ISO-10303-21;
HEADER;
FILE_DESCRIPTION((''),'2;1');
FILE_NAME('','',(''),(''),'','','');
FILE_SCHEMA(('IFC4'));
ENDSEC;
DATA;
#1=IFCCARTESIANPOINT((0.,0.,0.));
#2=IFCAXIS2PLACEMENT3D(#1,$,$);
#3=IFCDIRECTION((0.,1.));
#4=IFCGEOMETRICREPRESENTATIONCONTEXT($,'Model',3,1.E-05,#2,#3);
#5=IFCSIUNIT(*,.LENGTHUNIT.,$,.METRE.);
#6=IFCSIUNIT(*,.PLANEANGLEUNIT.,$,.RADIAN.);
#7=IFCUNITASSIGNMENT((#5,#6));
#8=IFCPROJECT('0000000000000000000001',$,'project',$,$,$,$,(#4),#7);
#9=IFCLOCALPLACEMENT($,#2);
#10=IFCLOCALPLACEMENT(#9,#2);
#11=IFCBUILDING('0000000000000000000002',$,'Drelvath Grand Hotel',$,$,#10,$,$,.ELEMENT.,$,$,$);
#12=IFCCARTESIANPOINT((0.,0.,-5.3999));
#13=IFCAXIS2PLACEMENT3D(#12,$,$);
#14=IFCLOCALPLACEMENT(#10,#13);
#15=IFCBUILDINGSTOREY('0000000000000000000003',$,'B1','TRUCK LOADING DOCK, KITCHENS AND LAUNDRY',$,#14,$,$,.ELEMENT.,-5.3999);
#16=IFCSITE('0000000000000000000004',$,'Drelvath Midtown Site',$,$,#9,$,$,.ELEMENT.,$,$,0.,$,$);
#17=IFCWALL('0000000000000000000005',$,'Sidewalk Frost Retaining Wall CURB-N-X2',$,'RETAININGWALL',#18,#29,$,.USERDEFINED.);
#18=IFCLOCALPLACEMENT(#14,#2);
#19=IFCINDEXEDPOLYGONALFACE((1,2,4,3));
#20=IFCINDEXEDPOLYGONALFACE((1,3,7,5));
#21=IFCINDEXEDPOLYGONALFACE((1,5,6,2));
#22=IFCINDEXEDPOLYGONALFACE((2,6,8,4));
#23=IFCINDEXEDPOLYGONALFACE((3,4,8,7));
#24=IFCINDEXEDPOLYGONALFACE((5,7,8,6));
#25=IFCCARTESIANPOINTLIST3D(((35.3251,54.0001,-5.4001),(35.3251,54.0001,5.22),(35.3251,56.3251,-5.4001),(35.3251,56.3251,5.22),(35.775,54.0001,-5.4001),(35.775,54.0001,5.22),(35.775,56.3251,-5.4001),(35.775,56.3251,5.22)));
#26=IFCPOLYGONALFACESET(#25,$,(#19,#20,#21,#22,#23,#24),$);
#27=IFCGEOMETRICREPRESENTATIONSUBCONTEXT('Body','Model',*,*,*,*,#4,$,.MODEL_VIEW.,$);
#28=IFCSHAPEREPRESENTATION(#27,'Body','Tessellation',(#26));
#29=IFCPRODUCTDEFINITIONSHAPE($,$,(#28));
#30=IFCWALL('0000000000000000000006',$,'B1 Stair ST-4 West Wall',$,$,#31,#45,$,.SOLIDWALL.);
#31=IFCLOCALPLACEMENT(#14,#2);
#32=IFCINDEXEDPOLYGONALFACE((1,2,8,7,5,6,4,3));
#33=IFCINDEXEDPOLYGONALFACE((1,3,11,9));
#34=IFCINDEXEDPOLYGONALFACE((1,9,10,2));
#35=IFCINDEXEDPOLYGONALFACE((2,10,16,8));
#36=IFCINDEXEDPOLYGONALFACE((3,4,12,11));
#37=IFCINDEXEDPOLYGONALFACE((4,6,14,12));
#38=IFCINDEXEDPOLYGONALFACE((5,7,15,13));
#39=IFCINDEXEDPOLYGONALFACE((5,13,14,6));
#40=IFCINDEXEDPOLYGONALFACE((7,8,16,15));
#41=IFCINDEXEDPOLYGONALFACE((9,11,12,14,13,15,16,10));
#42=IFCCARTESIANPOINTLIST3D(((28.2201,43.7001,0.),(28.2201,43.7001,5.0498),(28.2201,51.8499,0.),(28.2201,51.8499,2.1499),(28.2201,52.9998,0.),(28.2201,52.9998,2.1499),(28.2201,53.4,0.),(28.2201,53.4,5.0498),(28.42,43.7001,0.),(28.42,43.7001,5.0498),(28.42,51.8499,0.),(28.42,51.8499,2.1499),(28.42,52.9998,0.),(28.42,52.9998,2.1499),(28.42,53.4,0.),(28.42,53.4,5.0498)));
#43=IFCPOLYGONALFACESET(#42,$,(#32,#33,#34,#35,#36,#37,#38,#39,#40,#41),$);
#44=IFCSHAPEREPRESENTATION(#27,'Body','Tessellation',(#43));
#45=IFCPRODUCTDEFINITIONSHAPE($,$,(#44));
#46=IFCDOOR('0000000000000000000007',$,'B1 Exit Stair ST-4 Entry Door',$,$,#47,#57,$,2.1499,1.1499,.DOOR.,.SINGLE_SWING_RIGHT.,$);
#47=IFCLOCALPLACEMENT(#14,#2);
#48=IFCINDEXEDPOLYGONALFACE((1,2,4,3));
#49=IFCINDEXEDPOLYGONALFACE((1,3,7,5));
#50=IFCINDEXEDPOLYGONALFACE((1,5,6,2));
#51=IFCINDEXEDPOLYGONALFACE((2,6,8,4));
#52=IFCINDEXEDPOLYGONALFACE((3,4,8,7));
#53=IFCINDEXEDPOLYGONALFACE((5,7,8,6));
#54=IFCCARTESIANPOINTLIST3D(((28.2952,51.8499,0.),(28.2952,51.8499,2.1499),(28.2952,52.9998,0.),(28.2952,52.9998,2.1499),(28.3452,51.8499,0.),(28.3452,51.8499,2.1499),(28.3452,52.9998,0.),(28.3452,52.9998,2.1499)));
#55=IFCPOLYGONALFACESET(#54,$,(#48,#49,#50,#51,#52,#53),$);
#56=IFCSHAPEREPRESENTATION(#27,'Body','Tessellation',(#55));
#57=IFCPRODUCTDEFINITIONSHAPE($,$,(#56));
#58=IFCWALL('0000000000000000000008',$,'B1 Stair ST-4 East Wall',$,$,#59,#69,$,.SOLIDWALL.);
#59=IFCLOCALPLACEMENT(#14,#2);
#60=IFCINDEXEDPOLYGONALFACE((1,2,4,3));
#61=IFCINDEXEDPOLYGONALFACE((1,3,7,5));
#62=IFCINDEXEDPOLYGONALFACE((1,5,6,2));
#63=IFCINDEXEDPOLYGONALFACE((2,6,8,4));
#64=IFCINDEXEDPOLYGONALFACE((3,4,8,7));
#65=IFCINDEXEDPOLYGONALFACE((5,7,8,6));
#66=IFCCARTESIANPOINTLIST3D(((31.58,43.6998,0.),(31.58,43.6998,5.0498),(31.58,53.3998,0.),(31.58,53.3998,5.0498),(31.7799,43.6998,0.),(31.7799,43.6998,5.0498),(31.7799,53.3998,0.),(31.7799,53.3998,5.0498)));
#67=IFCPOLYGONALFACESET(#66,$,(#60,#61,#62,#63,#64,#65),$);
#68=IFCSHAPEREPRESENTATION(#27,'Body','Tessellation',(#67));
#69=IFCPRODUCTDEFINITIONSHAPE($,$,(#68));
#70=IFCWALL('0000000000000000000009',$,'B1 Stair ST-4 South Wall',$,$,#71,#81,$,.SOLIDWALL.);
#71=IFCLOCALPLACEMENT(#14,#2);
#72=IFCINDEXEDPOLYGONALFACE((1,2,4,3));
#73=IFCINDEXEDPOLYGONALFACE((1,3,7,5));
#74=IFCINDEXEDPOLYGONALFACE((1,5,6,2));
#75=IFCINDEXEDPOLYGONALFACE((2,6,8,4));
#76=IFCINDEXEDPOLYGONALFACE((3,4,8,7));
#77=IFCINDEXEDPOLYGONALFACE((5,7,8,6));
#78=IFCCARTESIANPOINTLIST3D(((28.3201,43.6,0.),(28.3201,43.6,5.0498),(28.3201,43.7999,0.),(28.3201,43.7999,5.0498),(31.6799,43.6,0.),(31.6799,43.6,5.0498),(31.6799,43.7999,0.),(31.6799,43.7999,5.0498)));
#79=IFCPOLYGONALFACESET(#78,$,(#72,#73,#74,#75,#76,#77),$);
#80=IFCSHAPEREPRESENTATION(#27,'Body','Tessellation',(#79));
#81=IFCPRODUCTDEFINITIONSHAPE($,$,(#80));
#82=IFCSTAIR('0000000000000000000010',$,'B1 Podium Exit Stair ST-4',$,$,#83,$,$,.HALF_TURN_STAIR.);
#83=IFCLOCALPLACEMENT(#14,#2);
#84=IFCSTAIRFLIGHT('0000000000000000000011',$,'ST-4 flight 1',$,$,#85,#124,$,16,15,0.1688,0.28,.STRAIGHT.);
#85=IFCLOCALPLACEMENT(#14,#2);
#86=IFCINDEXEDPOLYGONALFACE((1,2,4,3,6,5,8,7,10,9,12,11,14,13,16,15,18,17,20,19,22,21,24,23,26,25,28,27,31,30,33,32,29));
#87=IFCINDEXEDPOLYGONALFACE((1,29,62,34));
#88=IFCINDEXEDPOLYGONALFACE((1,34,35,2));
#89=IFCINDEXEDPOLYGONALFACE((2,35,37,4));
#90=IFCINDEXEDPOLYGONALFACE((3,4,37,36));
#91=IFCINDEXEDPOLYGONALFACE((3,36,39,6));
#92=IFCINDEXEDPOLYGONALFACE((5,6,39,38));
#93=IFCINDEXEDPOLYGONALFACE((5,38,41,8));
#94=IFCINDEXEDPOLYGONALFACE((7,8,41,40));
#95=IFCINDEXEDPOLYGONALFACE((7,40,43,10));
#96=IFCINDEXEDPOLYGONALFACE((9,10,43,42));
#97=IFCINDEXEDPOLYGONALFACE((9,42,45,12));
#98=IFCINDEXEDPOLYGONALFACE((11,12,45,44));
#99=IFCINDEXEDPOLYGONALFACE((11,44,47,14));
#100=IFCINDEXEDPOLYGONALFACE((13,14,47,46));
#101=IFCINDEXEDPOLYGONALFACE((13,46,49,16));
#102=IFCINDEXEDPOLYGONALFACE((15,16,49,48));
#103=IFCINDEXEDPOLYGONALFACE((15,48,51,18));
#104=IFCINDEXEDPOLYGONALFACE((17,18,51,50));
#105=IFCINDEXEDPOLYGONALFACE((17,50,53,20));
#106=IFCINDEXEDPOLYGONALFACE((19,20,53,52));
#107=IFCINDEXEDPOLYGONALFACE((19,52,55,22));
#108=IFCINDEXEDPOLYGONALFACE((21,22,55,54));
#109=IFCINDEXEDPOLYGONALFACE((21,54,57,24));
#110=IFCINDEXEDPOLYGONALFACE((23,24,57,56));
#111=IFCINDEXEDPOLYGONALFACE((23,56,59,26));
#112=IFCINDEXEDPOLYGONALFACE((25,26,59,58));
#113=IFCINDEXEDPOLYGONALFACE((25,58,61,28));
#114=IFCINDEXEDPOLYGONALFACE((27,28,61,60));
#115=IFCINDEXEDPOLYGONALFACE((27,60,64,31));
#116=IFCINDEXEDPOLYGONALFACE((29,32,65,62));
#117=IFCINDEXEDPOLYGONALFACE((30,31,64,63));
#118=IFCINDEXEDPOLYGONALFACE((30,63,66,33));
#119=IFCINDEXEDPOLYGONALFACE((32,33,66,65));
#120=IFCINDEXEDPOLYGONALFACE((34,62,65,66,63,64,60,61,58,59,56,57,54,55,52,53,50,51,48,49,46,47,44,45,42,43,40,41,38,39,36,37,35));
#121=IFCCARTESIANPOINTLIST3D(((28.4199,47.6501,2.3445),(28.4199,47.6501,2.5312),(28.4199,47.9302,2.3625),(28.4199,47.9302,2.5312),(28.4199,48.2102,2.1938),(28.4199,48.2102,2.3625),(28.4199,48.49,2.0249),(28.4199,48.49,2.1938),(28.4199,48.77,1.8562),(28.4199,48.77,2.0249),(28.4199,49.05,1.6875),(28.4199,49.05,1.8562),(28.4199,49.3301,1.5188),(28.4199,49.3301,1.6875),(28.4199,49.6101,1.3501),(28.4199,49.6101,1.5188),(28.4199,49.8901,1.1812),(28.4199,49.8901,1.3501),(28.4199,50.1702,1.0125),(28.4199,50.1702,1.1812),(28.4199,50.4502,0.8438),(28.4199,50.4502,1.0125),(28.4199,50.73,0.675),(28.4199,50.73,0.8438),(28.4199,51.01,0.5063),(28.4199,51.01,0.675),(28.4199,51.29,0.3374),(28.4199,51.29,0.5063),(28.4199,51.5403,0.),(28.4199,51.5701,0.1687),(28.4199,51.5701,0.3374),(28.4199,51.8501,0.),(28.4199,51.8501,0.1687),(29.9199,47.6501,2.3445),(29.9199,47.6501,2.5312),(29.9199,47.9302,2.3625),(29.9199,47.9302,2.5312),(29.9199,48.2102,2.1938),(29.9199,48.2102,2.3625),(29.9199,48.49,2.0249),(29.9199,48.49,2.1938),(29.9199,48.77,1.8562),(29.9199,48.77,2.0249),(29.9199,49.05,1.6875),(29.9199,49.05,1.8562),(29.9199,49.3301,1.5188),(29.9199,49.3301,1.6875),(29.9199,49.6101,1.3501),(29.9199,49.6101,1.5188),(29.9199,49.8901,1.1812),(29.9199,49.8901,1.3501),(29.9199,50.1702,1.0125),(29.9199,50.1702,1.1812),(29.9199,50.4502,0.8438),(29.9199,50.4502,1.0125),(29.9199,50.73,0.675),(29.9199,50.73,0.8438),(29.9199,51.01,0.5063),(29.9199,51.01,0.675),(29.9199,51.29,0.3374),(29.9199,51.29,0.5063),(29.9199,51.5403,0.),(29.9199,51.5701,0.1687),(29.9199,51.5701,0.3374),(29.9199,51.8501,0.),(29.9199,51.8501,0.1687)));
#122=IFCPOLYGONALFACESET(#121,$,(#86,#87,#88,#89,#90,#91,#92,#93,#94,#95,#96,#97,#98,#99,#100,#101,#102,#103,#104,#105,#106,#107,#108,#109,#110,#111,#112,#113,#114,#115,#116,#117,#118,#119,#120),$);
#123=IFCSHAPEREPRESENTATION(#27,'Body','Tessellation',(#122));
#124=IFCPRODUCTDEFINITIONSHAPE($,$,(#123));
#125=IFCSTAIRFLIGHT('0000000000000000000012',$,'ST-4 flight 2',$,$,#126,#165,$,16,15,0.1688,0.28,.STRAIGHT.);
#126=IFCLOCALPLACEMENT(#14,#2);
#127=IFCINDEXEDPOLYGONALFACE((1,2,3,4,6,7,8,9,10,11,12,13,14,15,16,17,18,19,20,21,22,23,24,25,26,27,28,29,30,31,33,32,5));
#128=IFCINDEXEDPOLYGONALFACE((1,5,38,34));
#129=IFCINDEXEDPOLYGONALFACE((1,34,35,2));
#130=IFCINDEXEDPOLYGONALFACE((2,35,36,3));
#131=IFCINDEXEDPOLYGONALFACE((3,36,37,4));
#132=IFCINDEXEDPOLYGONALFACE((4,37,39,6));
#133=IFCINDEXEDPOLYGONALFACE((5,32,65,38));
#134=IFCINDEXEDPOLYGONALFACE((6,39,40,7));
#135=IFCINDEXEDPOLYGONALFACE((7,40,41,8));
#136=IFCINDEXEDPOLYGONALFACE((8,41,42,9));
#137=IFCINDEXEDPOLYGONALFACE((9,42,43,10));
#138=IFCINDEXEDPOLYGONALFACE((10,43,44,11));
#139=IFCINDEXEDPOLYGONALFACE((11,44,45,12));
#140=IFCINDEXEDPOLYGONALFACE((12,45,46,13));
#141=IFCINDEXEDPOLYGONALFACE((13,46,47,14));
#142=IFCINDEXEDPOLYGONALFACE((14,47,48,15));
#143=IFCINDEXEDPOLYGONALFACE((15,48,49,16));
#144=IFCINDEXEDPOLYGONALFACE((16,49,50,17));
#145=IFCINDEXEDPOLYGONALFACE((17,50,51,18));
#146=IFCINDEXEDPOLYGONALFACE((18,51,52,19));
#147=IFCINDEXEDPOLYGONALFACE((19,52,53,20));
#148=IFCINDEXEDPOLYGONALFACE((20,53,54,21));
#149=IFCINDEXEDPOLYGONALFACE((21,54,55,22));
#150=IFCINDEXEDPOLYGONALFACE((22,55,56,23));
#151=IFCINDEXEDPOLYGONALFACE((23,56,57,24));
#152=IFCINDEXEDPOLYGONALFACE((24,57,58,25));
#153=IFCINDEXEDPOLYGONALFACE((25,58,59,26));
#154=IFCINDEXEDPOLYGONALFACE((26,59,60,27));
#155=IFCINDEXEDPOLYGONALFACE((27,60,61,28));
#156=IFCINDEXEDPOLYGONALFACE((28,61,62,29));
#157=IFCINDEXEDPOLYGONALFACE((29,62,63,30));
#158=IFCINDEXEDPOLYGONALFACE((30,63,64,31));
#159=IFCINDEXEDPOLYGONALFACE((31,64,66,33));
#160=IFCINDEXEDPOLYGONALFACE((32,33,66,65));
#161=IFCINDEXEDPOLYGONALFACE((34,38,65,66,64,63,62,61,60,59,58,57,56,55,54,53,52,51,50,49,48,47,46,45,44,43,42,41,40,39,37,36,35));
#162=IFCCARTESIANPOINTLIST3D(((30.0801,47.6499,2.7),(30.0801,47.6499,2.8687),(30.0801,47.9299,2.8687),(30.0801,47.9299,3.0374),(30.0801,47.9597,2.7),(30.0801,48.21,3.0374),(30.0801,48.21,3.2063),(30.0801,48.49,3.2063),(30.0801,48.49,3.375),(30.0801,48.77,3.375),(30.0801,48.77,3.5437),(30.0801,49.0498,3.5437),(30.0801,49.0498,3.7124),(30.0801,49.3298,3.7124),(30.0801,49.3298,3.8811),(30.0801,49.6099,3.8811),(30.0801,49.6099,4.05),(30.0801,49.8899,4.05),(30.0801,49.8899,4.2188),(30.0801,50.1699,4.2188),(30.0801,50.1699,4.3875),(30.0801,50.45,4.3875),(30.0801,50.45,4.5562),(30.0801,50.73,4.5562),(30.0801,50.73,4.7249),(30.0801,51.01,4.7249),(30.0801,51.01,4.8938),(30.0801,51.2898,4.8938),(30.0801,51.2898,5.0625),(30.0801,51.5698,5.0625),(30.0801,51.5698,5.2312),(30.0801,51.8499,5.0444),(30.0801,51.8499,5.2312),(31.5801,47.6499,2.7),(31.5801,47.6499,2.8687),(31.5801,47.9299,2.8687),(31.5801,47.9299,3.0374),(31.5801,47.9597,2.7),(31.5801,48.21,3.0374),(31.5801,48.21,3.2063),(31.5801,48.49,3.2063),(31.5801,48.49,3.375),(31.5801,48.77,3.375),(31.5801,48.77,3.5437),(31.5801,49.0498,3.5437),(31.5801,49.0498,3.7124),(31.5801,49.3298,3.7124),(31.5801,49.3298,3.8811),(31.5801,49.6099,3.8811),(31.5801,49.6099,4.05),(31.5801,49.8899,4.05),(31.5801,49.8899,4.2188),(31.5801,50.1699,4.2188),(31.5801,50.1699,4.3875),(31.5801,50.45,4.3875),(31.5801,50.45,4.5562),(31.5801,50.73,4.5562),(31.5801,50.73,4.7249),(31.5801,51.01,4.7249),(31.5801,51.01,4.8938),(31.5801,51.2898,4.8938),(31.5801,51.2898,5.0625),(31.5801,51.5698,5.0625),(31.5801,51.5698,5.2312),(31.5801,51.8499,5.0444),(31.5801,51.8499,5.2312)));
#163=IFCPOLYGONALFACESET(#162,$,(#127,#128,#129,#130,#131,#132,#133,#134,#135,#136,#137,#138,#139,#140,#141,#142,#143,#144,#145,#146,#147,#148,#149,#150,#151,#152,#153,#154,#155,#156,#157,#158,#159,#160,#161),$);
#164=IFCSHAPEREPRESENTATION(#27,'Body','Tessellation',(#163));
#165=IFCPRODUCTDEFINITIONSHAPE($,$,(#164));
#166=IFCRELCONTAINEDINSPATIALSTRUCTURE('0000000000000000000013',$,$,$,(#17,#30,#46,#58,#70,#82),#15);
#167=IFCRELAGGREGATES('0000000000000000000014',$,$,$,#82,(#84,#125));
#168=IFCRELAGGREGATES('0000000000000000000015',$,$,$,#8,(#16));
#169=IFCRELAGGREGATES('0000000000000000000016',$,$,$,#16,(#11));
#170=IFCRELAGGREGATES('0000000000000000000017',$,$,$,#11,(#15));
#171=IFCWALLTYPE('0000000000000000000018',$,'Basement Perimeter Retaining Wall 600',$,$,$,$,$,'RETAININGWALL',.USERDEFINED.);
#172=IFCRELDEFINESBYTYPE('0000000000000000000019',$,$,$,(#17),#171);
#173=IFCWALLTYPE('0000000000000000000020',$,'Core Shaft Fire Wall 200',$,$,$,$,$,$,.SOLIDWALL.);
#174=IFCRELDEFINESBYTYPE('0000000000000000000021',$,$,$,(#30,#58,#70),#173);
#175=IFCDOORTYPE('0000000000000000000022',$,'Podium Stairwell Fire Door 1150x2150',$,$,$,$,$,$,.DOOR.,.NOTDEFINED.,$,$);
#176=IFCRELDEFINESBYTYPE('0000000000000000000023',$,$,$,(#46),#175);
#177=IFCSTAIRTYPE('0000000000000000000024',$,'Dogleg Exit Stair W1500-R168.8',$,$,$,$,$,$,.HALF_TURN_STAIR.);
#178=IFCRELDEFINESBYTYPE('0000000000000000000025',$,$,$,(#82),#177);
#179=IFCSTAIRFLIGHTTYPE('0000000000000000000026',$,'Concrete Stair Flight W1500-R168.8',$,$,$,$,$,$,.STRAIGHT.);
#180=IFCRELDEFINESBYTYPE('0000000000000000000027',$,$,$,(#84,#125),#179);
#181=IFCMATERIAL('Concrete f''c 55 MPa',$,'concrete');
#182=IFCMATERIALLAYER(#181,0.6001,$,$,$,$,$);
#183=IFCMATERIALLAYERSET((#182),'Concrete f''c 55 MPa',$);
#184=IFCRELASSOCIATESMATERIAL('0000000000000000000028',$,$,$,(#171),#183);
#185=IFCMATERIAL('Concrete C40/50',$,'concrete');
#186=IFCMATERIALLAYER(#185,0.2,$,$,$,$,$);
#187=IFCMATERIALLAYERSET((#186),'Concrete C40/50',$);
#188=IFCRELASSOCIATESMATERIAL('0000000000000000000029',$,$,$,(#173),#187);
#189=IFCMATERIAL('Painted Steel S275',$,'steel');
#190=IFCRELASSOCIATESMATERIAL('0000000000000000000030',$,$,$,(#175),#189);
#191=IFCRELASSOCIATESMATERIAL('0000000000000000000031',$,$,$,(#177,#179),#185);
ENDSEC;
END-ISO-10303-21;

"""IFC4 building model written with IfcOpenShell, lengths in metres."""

from ifc_helpers import new_model, si_unit, direction, frame, frame_2d, origin, place, context, subcontext, project, spatial, polyline, rectangle, outline, extrude, material, layer, layer_set, type_object, element, fill, aggregate, save


model = new_model("IFC4")

# Units and contexts
model_context = context("Model", 3, precision=1e-05, world=origin(), true_north=direction((0.0, 1.0)))
body_context = subcontext(model_context, "Body", "Model", "MODEL_VIEW")
ifc_project = project(units=[si_unit("LENGTHUNIT", "METRE"), si_unit("PLANEANGLEUNIT", "RADIAN")], contexts=[model_context])

# Site, building, storey
site_placement = place(None, origin())
site = spatial("IfcSite", under=ifc_project, at=site_placement, Name="Drelvath Midtown Site", CompositionType="ELEMENT", RefElevation=0.0)
building_placement = place(site_placement, origin())
building = spatial("IfcBuilding", under=site, at=building_placement, Name="Drelvath Grand Hotel", CompositionType="ELEMENT")
storey_placement = place(building_placement, frame((0.0, 0.0, -5.3999)))
storey = spatial("IfcBuildingStorey", under=building, at=storey_placement, Name="B1", Description="TRUCK LOADING DOCK, KITCHENS AND LAUNDRY", CompositionType="ELEMENT", Elevation=-5.3999)

# Wall
ifc_material_1 = material(Name="Concrete f'c 55 MPa", Category="concrete")
ifc_layer_1 = layer(ifc_material_1, 0.6001)
ifc_layer_set_1 = layer_set([ifc_layer_1], Name="Concrete f'c 55 MPa")
wall_type_1 = type_object("IfcWallType", Name="Basement Perimeter Retaining Wall 600", ElementType="RETAININGWALL", PredefinedType="USERDEFINED", material=ifc_layer_set_1)
wall_1_placement = place(storey_placement, frame((35.55, 54.0, -5.4001), z_axis=(0.0, 0.0, 1.0), x_axis=(0.0, 1.0, 0.0)))
element("IfcWall", 1, at=wall_1_placement, inside=storey, type_object=wall_type_1, Name="Sidewalk Frost Retaining Wall CURB-N-X2", ObjectType="RETAININGWALL", PredefinedType="USERDEFINED", context=body_context, shape_type="SweptSolid", body=[
    extrude(rectangle(XDim=2.325, YDim=0.45, at=frame_2d((1.1626, 0.0))), origin(), (0.0, 0.0, 1.0), 10.6201),
])

# Wall, opening, door
ifc_material_2 = material(Name="Concrete C40/50", Category="concrete")
ifc_layer_2 = layer(ifc_material_2, 0.2)
ifc_layer_set_2 = layer_set([ifc_layer_2], Name="Concrete C40/50")
wall_type_2 = type_object("IfcWallType", Name="Core Shaft Fire Wall 200", PredefinedType="SOLIDWALL", material=ifc_layer_set_2)
wall_2_placement = place(storey_placement, frame((28.3201, 43.7, 0.0), z_axis=(0.0, 0.0, 1.0), x_axis=(0.0, 1.0, 0.0)))
wall_2 = element("IfcWall", 2, at=wall_2_placement, inside=storey, type_object=wall_type_2, Name="B1 Stair ST-4 West Wall", PredefinedType="SOLIDWALL", context=body_context, shape_type="SweptSolid", body=[
    extrude(rectangle(XDim=9.7, YDim=0.2, at=frame_2d((4.8501, 0.0))), origin(), (0.0, 0.0, 1.0), 5.0498),
])
opening_placement = place(wall_2_placement, frame((8.1499, 0.0, 0.0)))
opening = element("IfcOpeningElement", 3, at=opening_placement, cuts=wall_2, PredefinedType="OPENING", context=body_context, shape_type="SweptSolid", body=[
    extrude(rectangle(XDim=1.1499, YDim=2.1499, at=frame_2d((0.575, 1.075))), frame((0.0, 0.1099, 0.0), z_axis=(0.0, -1.0, 0.0), x_axis=(1.0, 0.0, 0.0)), (0.0, 0.0, 1.0), 0.22),
])
ifc_material_3 = material(Name="Painted Steel S275", Category="steel")
door_type = type_object("IfcDoorType", Name="Podium Stairwell Fire Door 1150x2150", OperationType="NOTDEFINED", PredefinedType="DOOR", material=ifc_material_3)
door_placement = place(opening_placement, origin())
door = element("IfcDoor", 4, at=door_placement, inside=storey, type_object=door_type, Name="B1 Exit Stair ST-4 Entry Door", OperationType="SINGLE_SWING_RIGHT", OverallHeight=2.1499, OverallWidth=1.1499, PredefinedType="DOOR", context=body_context, shape_type="SweptSolid", body=[
    extrude(rectangle(XDim=1.1499, YDim=2.1499, at=frame_2d((0.575, 1.075))), frame((0.0, 0.0249, 0.0), z_axis=(0.0, -1.0, 0.0), x_axis=(1.0, 0.0, 0.0)), (0.0, 0.0, 1.0), 0.05),
])
fill(opening, door)

# Walls
wall_3_placement = place(storey_placement, frame((31.6799, 53.3999, 0.0), z_axis=(0.0, 0.0, 1.0), x_axis=(0.0, -1.0, 0.0)))
element("IfcWall", 5, at=wall_3_placement, inside=storey, type_object=wall_type_2, Name="B1 Stair ST-4 East Wall", PredefinedType="SOLIDWALL", context=body_context, shape_type="SweptSolid", body=[
    extrude(rectangle(XDim=9.7, YDim=0.2, at=frame_2d((4.8501, 0.0))), origin(), (0.0, 0.0, 1.0), 5.0498),
])
wall_4_placement = place(storey_placement, frame((28.3201, 43.7, 0.0), z_axis=(0.0, 0.0, 1.0), x_axis=(1.0, 0.0, 0.0)))
element("IfcWall", 6, at=wall_4_placement, inside=storey, type_object=wall_type_2, Name="B1 Stair ST-4 South Wall", PredefinedType="SOLIDWALL", context=body_context, shape_type="SweptSolid", body=[
    extrude(rectangle(XDim=3.3599, YDim=0.2, at=frame_2d((1.6799, 0.0))), origin(), (0.0, 0.0, 1.0), 5.0498),
])

# Stair, stair flights
stair_type = type_object("IfcStairType", Name="Dogleg Exit Stair W1500-R168.8", PredefinedType="HALF_TURN_STAIR", material=ifc_material_2)
stair_placement = place(storey_placement, origin())
stair = element("IfcStair", 7, at=stair_placement, inside=storey, type_object=stair_type, Name="B1 Podium Exit Stair ST-4", PredefinedType="HALF_TURN_STAIR")
stair_flight_type = type_object("IfcStairFlightType", Name="Concrete Stair Flight W1500-R168.8", PredefinedType="STRAIGHT", material=ifc_material_2)
stair_flight_1_placement = place(storey_placement, frame((29.1699, 51.8501, 0.0), z_axis=(0.0, 0.0, 1.0), x_axis=(0.0, -1.0, 0.0)))
stair_flight_1 = element("IfcStairFlight", 8, at=stair_flight_1_placement, type_object=stair_flight_type, Name="ST-4 flight 1", NumberOfRisers=16, NumberOfTreads=15, PredefinedType="STRAIGHT", RiserHeight=0.1688, TreadLength=0.28, context=body_context, shape_type="SweptSolid", body=[
    extrude(outline(polyline([(0.0, 0.0), (0.0, 0.1687), (0.28, 0.1687), (0.28, 0.3374), (0.5601, 0.3374), (0.5601, 0.5063), (0.8401, 0.5063), (0.8401, 0.675), (1.1201, 0.675), (1.1201, 0.8438), (1.3999, 0.8438), (1.3999, 1.0125), (1.6799, 1.0125), (1.6799, 1.1812), (1.96, 1.1812), (1.96, 1.3501), (2.24, 1.3501), (2.24, 1.5188), (2.52, 1.5188), (2.52, 1.6875), (2.8, 1.6875), (2.8, 1.8562), (3.0801, 1.8562), (3.0801, 2.0249), (3.3601, 2.0249), (3.3601, 2.1938), (3.6399, 2.1938), (3.6399, 2.3625), (3.9199, 2.3625), (3.9199, 2.5312), (4.2, 2.5312), (4.2, 2.7), (4.2, 2.3445), (0.3098, 0.0), (0.0, 0.0)])), frame((0.0, 0.75, 0.0), z_axis=(0.0, -1.0, 0.0), x_axis=(1.0, 0.0, 0.0)), (0.0, 0.0, 1.0), 1.5),
])
stair_flight_2_placement = place(storey_placement, frame((30.8301, 47.6499, 2.7), z_axis=(0.0, 0.0, 1.0), x_axis=(0.0, 1.0, 0.0)))
stair_flight_2 = element("IfcStairFlight", 9, at=stair_flight_2_placement, type_object=stair_flight_type, Name="ST-4 flight 2", NumberOfRisers=16, NumberOfTreads=15, PredefinedType="STRAIGHT", RiserHeight=0.1688, TreadLength=0.28, context=body_context, shape_type="SweptSolid", body=[
    extrude(outline(polyline([(0.0, 0.0), (0.0, 0.1687), (0.28, 0.1687), (0.28, 0.3374), (0.5601, 0.3374), (0.5601, 0.5063), (0.8401, 0.5063), (0.8401, 0.675), (1.1201, 0.675), (1.1201, 0.8438), (1.3999, 0.8438), (1.3999, 1.0125), (1.6799, 1.0125), (1.6799, 1.1812), (1.96, 1.1812), (1.96, 1.3501), (2.24, 1.3501), (2.24, 1.5188), (2.52, 1.5188), (2.52, 1.6875), (2.8, 1.6875), (2.8, 1.8562), (3.0801, 1.8562), (3.0801, 2.0249), (3.3601, 2.0249), (3.3601, 2.1938), (3.6399, 2.1938), (3.6399, 2.3625), (3.9199, 2.3625), (3.9199, 2.5312), (4.2, 2.5312), (4.2, 2.7), (4.2, 2.3445), (0.3098, 0.0), (0.0, 0.0)])), frame((0.0, 0.75, 0.0), z_axis=(0.0, -1.0, 0.0), x_axis=(1.0, 0.0, 0.0)), (0.0, 0.0, 1.0), 1.5),
])
aggregate(stair, [stair_flight_1, stair_flight_2])

save(model, "model.ifc")
